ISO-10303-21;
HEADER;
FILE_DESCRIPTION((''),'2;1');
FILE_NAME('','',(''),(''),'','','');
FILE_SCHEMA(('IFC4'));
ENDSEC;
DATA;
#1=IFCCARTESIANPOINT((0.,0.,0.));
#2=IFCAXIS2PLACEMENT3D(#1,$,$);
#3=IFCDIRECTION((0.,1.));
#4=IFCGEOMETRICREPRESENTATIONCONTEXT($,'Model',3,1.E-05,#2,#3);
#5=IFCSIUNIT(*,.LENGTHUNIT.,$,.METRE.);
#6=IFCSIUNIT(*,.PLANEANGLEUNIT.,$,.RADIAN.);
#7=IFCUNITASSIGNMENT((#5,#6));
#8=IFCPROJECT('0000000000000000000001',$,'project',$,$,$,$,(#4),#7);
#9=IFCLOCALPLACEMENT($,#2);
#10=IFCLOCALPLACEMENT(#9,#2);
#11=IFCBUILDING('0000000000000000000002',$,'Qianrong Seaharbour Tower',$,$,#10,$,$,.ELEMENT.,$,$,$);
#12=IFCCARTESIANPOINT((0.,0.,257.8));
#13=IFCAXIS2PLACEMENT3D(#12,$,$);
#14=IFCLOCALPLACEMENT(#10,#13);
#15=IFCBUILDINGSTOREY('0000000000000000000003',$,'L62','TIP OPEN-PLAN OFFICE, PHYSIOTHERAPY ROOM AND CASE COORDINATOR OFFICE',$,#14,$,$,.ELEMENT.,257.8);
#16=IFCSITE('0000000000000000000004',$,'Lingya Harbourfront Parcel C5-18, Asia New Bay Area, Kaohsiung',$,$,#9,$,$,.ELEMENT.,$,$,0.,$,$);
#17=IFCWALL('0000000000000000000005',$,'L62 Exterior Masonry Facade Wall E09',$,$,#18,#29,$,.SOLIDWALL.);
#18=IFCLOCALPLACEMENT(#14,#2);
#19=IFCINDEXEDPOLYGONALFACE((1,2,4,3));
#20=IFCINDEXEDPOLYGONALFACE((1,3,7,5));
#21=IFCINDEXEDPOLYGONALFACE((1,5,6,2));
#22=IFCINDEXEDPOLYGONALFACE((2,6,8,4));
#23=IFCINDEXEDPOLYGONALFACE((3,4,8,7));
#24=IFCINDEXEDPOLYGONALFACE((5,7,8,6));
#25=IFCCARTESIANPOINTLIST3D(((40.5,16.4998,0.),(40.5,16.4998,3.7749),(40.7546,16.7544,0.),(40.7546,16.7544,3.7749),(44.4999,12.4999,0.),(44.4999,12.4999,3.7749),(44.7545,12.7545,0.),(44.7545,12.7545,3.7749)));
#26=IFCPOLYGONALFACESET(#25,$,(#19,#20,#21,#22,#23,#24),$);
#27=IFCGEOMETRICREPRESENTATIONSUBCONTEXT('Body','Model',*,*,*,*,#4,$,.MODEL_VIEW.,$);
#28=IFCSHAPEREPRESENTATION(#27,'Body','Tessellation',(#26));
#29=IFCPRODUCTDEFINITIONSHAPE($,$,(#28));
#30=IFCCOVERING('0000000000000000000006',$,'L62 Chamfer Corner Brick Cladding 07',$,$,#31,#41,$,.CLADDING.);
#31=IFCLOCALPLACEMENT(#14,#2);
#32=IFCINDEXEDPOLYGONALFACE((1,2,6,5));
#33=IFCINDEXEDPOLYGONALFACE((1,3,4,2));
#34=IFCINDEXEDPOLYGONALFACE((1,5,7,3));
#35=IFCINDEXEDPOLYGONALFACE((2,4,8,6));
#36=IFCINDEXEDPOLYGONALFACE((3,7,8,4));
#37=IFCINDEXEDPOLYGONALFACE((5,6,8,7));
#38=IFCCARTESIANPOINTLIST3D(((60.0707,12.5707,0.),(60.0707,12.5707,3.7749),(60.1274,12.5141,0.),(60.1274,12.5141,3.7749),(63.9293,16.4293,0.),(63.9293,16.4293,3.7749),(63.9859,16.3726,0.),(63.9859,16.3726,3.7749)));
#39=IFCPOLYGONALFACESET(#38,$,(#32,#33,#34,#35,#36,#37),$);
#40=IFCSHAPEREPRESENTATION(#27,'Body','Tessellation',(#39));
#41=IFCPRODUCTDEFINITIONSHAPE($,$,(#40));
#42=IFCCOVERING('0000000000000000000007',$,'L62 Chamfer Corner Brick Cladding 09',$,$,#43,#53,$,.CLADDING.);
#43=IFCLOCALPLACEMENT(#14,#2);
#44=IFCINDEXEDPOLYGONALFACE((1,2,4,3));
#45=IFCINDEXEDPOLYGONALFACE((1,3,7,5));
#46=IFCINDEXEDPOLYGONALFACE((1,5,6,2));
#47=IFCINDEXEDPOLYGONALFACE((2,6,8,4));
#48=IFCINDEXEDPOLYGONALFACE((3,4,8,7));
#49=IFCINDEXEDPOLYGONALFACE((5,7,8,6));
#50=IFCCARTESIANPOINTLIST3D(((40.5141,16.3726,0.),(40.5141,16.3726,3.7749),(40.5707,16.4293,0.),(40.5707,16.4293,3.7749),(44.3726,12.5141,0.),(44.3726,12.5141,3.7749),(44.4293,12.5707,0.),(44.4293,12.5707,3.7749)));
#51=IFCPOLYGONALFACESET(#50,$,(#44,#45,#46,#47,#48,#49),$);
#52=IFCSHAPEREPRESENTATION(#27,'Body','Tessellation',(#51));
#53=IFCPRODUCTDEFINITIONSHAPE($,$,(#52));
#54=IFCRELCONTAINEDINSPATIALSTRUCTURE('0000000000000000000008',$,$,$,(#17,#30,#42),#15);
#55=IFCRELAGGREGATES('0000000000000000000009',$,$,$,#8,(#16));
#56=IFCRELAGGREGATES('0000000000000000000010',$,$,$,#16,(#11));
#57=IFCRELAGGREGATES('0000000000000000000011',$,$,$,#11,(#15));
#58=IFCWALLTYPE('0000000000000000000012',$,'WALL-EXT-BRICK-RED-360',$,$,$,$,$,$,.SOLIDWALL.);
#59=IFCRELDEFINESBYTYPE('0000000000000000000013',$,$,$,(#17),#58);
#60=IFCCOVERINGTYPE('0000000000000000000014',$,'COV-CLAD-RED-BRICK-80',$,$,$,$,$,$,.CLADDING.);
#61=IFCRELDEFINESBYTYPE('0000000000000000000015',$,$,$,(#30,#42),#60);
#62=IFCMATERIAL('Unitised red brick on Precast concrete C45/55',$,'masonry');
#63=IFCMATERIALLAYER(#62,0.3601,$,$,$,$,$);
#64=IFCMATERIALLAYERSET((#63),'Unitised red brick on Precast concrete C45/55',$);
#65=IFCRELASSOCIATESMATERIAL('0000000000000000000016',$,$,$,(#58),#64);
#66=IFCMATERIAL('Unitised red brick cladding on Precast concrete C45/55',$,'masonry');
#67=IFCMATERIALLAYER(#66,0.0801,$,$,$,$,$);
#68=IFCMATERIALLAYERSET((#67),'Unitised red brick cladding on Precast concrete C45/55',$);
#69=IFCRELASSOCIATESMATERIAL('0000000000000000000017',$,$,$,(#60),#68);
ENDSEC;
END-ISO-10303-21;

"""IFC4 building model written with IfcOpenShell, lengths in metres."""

from ifc_helpers import new_model, si_unit, direction, frame, frame_2d, origin, origin_2d, place, context, subcontext, project, spatial, rectangle, extrude, material, layer, layer_set, type_object, element, save


model = new_model("IFC4")

# Units and contexts
model_context = context("Model", 3, precision=1e-05, world=origin(), true_north=direction((0.0, 1.0)))
body_context = subcontext(model_context, "Body", "Model", "MODEL_VIEW")
ifc_project = project(units=[si_unit("LENGTHUNIT", "METRE"), si_unit("PLANEANGLEUNIT", "RADIAN")], contexts=[model_context])

# Site, building, storey
site_placement = place(None, origin())
site = spatial("IfcSite", under=ifc_project, at=site_placement, Name="Lingya Harbourfront Parcel C5-18, Asia New Bay Area, Kaohsiung", CompositionType="ELEMENT", RefElevation=0.0)
building_placement = place(site_placement, origin())
building = spatial("IfcBuilding", under=site, at=building_placement, Name="Qianrong Seaharbour Tower", CompositionType="ELEMENT")
storey_placement = place(building_placement, frame((0.0, 0.0, 257.8)))
storey = spatial("IfcBuildingStorey", under=building, at=storey_placement, Name="L62", Description="TIP OPEN-PLAN OFFICE, PHYSIOTHERAPY ROOM AND CASE COORDINATOR OFFICE", CompositionType="ELEMENT", Elevation=257.8)

# Shared definitions
ifc_material_1 = material(Name="Unitised red brick on Precast concrete C45/55", Category="masonry")
ifc_layer_1 = layer(ifc_material_1, 0.3601)
ifc_layer_set_1 = layer_set([ifc_layer_1], Name="Unitised red brick on Precast concrete C45/55")
wall_type_1 = type_object("IfcWallType", Name="WALL-EXT-BRICK-RED-360", PredefinedType="SOLIDWALL", material=ifc_layer_set_1)

# Wall
wall_1_placement = place(storey_placement, frame((44.6272, 12.6272, 0.0), z_axis=(0.0, 0.0, 1.0), x_axis=(-0.707107, 0.707107, 0.0)))
element("IfcWall", 1, at=wall_1_placement, inside=storey, type_object=wall_type_1, Name="L62 Exterior Masonry Facade Wall E09", PredefinedType="SOLIDWALL", context=body_context, shape_type="SweptSolid", body=[
    extrude(rectangle(XDim=5.6567, YDim=0.3601, at=frame_2d((2.8284, 0.0))), origin(), (0.0, 0.0, 1.0), 3.7749),
])

# Coverings
ifc_material_2 = material(Name="Unitised red brick cladding on Precast concrete C45/55", Category="masonry")
ifc_layer_2 = layer(ifc_material_2, 0.0801)
ifc_layer_set_2 = layer_set([ifc_layer_2], Name="Unitised red brick cladding on Precast concrete C45/55")
covering_type = type_object("IfcCoveringType", Name="COV-CLAD-RED-BRICK-80", PredefinedType="CLADDING", material=ifc_layer_set_2)
for number, where, z_axis, x_axis, name in (
    (2, (62.0283, 14.4717, 0.0), (0.0, 0.0, 1.0), (-0.707107, -0.707107, 0.0), "L62 Chamfer Corner Brick Cladding 07"),
    (3, (42.4717, 14.4717, 0.0), (0.0, 0.0, 1.0), (-0.707107, 0.707107, 0.0), "L62 Chamfer Corner Brick Cladding 09"),
):
    element("IfcCovering", number, at=place(storey_placement, frame(where, z_axis=z_axis, x_axis=x_axis)), inside=storey, type_object=covering_type, Name=name, PredefinedType="CLADDING", context=body_context, shape_type="SweptSolid", body=[
        extrude(rectangle(XDim=5.4568, YDim=0.0801, at=origin_2d()), origin(), (0.0, 0.0, 1.0), 3.7749),
    ])

save(model, "model.ifc")
